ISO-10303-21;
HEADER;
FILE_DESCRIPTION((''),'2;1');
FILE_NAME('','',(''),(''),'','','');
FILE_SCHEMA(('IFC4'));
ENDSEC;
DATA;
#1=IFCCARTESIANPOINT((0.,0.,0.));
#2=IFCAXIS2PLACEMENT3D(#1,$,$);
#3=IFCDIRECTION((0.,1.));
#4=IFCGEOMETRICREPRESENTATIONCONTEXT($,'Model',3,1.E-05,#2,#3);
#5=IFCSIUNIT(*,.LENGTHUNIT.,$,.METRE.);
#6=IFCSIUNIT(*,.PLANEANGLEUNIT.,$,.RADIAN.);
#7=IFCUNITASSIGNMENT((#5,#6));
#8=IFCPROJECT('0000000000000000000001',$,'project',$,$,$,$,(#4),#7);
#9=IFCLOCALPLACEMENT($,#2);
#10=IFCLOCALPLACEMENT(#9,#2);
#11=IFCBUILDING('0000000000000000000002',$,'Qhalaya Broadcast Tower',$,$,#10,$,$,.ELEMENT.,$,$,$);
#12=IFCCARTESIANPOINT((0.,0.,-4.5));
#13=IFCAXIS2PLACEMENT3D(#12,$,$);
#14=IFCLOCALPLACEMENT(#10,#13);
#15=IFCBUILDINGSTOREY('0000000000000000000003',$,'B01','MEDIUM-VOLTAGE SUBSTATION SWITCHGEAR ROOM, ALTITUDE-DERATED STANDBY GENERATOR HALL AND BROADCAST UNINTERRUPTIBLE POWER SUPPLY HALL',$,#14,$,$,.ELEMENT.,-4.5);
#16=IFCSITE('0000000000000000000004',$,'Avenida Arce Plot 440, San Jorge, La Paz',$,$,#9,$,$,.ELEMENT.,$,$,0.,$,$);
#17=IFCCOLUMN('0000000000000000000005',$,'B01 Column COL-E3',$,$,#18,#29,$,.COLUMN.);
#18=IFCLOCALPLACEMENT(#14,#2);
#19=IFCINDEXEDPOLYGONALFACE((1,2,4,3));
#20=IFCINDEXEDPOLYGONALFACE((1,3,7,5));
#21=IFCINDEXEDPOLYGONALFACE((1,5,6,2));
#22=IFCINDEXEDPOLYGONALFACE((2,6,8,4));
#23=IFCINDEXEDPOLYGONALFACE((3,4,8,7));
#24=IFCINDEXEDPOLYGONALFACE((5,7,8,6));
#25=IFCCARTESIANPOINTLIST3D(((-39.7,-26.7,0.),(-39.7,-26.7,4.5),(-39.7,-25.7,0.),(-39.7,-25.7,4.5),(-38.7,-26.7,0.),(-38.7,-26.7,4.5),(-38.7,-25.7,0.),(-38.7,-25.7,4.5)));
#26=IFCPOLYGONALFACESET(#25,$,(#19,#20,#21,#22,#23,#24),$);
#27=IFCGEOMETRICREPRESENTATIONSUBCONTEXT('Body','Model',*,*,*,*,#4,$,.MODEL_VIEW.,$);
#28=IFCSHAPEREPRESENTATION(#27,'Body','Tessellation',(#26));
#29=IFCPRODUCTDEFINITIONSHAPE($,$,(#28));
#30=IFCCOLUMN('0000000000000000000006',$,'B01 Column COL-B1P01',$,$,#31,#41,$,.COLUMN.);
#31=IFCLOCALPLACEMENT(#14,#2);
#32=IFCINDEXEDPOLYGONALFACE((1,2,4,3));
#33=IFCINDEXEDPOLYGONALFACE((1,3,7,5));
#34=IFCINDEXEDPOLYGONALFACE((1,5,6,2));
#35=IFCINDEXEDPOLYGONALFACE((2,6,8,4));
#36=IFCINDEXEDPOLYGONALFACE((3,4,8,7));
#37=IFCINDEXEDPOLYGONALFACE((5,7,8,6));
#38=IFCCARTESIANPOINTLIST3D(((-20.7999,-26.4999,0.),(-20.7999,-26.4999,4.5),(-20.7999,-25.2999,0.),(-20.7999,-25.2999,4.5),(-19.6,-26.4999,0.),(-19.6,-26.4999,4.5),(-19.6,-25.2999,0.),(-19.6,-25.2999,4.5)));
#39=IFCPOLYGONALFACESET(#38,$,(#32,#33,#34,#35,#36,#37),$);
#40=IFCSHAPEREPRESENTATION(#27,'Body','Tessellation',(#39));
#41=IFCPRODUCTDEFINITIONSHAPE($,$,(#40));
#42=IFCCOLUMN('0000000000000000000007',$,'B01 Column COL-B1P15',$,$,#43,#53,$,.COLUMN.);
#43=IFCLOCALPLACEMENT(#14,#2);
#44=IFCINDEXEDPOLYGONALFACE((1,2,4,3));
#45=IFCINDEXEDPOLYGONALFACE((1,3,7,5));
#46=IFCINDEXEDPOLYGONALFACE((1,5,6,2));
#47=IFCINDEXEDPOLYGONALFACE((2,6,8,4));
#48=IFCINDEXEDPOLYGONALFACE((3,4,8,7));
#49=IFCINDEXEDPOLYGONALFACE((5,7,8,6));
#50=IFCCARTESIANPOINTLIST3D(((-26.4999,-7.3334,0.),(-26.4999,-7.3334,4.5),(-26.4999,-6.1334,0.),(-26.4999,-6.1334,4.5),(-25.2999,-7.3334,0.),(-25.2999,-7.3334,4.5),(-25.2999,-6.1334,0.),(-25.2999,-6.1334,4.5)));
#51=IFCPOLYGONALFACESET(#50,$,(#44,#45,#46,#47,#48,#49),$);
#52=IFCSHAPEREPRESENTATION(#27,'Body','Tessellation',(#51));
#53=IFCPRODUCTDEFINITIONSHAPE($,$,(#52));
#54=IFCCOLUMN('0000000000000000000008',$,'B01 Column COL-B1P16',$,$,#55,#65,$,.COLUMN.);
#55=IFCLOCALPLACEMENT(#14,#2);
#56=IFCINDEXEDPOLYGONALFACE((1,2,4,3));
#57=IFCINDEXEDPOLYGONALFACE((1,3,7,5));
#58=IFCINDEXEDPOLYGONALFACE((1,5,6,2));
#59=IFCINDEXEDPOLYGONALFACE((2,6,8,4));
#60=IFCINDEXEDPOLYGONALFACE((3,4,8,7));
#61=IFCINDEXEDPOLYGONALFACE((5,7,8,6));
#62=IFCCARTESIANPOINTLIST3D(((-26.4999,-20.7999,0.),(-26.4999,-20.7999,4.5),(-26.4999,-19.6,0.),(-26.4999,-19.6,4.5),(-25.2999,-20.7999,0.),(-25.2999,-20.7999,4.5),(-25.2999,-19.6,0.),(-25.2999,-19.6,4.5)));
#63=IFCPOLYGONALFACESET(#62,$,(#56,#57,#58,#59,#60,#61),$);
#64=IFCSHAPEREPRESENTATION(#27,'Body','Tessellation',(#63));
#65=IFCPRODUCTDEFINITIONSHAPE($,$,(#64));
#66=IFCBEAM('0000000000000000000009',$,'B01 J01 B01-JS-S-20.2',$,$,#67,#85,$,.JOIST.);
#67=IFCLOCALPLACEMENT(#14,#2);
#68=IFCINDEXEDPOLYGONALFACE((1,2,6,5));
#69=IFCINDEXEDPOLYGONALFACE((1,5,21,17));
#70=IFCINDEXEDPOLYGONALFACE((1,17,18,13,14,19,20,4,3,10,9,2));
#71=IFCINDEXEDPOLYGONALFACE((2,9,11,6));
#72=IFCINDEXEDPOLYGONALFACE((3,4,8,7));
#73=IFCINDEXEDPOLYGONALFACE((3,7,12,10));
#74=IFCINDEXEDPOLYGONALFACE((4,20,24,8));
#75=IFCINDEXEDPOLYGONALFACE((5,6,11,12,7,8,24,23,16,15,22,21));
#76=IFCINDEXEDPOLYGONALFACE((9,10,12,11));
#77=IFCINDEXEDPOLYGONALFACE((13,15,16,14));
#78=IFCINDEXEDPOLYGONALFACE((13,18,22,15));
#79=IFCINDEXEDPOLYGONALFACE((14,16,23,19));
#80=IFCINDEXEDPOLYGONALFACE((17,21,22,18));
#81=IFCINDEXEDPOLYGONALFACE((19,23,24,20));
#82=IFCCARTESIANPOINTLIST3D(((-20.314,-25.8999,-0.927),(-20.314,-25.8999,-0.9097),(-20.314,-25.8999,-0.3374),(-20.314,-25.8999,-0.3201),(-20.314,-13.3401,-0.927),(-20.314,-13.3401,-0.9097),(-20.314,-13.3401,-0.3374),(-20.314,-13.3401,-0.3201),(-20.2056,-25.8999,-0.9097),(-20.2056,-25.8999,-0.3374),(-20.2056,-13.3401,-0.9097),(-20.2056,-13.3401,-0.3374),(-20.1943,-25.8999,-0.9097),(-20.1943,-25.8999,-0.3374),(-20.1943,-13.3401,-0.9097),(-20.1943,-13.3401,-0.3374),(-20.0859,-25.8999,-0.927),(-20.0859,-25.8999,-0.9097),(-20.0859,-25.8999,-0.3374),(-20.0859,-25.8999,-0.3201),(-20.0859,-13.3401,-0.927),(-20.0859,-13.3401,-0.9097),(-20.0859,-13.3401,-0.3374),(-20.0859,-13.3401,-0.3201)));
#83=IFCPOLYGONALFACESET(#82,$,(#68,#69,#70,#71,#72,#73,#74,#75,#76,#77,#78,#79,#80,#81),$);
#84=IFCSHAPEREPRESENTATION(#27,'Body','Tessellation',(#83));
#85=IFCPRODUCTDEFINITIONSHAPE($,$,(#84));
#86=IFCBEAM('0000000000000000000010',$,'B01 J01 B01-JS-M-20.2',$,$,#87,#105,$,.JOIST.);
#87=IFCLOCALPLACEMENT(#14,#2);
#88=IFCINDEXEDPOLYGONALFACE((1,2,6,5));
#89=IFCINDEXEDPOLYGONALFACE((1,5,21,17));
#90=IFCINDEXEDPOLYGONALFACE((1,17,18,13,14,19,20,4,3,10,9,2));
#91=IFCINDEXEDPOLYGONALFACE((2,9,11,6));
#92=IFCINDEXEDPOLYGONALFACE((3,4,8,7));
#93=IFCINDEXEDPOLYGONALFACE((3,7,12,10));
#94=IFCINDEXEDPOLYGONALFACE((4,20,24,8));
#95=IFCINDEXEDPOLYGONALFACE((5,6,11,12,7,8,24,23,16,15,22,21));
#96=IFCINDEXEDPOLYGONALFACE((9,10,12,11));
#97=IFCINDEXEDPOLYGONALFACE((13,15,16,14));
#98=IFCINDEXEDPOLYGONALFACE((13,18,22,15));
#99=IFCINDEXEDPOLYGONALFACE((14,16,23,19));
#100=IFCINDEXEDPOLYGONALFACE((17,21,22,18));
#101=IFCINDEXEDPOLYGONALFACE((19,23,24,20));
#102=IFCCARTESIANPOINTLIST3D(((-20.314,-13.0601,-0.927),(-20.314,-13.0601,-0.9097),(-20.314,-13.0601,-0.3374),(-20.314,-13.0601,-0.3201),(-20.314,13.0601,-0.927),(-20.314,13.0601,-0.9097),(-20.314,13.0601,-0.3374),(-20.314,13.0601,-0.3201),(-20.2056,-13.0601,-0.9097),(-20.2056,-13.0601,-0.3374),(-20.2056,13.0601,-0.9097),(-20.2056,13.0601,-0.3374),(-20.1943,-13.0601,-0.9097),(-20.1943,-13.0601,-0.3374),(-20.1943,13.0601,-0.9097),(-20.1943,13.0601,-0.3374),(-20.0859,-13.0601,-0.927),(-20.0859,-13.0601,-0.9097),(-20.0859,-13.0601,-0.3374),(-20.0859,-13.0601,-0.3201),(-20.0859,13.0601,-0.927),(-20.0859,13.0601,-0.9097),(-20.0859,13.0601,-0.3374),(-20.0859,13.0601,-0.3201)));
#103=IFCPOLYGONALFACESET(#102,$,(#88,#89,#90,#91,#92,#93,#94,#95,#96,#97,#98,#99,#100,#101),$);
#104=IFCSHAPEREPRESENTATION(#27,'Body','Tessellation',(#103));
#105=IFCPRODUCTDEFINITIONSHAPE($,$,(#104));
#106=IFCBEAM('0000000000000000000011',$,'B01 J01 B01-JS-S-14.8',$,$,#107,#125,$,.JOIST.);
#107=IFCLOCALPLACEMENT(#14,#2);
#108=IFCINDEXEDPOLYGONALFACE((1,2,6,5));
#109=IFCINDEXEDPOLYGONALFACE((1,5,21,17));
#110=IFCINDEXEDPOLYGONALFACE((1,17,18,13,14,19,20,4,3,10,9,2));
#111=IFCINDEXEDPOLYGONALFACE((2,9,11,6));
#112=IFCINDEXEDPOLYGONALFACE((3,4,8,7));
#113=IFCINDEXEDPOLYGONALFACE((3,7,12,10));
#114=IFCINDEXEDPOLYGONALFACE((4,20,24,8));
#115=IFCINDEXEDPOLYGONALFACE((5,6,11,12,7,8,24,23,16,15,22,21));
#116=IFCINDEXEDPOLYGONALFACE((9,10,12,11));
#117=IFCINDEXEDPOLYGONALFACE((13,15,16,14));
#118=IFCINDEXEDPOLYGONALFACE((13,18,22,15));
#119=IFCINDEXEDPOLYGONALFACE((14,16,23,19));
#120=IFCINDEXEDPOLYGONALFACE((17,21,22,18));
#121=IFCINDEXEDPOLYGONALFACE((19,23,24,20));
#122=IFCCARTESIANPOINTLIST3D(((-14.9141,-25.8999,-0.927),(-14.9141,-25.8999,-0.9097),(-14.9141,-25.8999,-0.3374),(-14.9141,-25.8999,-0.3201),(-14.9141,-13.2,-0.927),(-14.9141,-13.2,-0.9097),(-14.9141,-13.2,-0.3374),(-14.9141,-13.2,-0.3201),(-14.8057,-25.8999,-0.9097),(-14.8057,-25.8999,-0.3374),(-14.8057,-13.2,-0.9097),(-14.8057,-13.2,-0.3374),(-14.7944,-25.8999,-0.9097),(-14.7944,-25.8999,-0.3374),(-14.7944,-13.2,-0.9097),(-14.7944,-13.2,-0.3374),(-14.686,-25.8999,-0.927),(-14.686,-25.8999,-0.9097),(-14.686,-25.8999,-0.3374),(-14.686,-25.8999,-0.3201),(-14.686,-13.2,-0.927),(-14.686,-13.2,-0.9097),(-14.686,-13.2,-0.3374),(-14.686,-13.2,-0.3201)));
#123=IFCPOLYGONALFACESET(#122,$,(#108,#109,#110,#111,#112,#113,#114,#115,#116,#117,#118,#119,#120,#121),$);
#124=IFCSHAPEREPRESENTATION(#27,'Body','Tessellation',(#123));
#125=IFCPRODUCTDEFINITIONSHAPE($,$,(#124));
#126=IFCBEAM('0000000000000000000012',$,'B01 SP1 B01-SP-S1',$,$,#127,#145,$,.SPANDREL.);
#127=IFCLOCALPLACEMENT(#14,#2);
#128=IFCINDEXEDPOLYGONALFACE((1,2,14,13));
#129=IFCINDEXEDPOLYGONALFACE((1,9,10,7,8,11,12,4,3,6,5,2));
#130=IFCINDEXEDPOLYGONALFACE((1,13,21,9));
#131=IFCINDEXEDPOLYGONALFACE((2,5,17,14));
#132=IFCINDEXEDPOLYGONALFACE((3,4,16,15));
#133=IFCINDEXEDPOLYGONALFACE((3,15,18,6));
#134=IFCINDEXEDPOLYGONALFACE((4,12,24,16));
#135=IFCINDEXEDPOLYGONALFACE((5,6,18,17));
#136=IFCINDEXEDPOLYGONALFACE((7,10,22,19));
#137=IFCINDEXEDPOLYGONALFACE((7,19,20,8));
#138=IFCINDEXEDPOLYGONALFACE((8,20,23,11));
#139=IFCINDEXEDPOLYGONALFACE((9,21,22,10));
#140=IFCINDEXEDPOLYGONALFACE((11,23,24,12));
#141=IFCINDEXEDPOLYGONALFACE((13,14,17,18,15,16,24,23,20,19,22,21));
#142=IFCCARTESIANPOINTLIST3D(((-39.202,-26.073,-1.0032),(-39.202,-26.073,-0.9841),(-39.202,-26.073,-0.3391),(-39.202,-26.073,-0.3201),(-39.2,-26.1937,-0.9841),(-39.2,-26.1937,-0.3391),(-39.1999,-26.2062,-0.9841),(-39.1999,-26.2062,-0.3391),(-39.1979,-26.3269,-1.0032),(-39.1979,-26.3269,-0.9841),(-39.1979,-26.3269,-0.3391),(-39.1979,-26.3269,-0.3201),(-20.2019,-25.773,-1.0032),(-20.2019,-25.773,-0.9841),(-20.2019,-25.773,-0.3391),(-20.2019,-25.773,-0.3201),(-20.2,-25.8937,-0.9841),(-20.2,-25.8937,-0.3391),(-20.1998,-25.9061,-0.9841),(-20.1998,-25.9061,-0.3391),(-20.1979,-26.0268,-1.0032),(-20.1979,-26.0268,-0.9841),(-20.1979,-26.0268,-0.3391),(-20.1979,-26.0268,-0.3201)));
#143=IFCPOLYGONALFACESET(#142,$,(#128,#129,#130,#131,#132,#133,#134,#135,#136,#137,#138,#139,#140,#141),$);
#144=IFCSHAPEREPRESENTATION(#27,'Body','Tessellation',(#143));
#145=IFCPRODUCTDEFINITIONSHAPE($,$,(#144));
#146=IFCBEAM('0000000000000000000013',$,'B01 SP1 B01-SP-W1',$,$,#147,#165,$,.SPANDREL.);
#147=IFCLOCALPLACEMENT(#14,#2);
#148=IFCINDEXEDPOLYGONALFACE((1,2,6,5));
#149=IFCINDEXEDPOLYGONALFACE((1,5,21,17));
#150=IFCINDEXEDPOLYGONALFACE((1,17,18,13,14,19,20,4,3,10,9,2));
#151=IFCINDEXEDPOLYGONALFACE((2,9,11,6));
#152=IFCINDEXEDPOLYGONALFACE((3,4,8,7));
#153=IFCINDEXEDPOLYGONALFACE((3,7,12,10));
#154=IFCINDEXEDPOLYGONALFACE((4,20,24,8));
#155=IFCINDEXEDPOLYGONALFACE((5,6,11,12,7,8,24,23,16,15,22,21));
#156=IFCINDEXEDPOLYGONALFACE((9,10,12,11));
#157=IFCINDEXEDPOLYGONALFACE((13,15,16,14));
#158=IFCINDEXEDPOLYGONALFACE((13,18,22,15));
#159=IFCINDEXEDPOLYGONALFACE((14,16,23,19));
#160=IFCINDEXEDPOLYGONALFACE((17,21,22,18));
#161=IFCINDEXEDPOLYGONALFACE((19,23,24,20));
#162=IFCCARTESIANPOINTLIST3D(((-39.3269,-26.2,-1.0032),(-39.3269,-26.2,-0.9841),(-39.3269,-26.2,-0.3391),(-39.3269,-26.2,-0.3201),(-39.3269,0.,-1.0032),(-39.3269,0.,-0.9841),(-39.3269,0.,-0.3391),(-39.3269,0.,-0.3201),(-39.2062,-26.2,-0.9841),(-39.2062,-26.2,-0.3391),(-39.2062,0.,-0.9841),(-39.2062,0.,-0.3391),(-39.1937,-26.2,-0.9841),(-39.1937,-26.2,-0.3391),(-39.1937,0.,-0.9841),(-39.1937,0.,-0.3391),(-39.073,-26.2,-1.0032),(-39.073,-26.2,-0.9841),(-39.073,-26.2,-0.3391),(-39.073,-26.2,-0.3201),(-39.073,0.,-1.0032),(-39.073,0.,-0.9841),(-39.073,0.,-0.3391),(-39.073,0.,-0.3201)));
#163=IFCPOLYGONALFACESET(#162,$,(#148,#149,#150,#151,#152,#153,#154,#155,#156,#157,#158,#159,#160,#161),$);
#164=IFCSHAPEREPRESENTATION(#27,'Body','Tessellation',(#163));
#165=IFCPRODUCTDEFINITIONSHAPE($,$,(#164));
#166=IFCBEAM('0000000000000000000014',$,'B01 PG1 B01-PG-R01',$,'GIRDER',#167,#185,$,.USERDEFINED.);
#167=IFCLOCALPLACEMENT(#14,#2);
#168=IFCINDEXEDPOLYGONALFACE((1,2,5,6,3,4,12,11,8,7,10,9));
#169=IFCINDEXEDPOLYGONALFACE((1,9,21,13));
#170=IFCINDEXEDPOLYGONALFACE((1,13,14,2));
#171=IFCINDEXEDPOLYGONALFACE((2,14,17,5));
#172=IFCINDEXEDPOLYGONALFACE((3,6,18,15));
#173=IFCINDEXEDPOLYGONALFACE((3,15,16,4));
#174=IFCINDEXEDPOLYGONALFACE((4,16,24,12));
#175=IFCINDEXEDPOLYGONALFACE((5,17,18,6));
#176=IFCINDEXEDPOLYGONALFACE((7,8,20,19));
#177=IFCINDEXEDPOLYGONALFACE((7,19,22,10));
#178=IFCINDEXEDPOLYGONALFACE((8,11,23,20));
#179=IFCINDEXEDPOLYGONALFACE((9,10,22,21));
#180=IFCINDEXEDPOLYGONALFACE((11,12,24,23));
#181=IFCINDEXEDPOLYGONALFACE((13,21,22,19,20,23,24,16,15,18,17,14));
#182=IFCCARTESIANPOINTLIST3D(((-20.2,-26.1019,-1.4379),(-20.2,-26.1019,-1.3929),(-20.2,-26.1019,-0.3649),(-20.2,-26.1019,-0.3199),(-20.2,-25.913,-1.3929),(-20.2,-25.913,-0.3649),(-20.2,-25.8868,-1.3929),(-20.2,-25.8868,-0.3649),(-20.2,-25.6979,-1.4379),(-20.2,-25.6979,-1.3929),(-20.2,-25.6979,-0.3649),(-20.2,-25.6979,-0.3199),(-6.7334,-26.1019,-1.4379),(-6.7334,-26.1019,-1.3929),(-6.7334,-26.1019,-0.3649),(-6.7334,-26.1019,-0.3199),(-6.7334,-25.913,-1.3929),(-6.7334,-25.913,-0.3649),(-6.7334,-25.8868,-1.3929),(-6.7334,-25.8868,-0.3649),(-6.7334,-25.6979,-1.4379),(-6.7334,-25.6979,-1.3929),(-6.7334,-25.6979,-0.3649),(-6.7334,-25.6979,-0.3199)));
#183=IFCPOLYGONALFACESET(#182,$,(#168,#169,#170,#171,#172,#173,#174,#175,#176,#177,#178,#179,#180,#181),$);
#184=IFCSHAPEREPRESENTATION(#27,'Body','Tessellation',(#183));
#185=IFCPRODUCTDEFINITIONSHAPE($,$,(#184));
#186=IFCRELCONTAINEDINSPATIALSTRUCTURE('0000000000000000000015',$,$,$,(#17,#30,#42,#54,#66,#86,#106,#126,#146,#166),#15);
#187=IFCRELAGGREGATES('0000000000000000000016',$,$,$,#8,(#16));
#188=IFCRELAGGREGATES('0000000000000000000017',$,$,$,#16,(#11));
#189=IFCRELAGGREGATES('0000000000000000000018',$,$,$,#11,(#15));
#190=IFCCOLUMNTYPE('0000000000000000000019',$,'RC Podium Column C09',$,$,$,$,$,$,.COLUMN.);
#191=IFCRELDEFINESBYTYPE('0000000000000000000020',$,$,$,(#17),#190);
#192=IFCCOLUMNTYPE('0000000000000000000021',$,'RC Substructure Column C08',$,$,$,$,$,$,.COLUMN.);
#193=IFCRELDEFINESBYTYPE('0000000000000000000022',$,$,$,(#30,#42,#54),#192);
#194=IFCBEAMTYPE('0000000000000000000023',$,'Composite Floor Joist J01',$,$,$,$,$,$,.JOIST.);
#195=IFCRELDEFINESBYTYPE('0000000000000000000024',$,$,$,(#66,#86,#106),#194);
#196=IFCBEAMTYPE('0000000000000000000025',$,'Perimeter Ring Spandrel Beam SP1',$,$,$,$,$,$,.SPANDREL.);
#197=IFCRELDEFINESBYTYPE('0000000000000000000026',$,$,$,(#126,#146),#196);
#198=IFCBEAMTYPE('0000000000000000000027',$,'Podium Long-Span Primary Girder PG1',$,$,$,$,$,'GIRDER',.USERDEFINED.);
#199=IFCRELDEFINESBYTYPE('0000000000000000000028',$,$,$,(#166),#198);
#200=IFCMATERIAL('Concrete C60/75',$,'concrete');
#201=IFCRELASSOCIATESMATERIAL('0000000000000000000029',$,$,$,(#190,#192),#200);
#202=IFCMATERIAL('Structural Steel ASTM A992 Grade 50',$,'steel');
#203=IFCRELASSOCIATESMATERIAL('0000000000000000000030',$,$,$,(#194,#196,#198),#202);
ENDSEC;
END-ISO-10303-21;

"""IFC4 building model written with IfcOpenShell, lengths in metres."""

from ifc_helpers import new_model, si_unit, direction, frame, origin, origin_2d, place, context, subcontext, project, spatial, rectangle, i_section, extrude, material, material_profile, profile_set, type_object, element, save


model = new_model("IFC4")

# Units and contexts
model_context = context("Model", 3, precision=1e-05, world=origin(), true_north=direction((0.0, 1.0)))
body_context = subcontext(model_context, "Body", "Model", "MODEL_VIEW")
ifc_project = project(units=[si_unit("LENGTHUNIT", "METRE"), si_unit("PLANEANGLEUNIT", "RADIAN")], contexts=[model_context])

# Site, building, storey
site_placement = place(None, origin())
site = spatial("IfcSite", under=ifc_project, at=site_placement, Name="Avenida Arce Plot 440, San Jorge, La Paz", CompositionType="ELEMENT", RefElevation=0.0)
building_placement = place(site_placement, origin())
building = spatial("IfcBuilding", under=site, at=building_placement, Name="Qhalaya Broadcast Tower", CompositionType="ELEMENT")
storey_placement = place(building_placement, frame((0.0, 0.0, -4.5)))
storey = spatial("IfcBuildingStorey", under=building, at=storey_placement, Name="B01", Description="MEDIUM-VOLTAGE SUBSTATION SWITCHGEAR ROOM, ALTITUDE-DERATED STANDBY GENERATOR HALL AND BROADCAST UNINTERRUPTIBLE POWER SUPPLY HALL", CompositionType="ELEMENT", Elevation=-4.5)

# Columns
ifc_material_1 = material(Name="Concrete C60/75", Category="concrete")
ifc_material_profile_1 = material_profile(ifc_material_1, rectangle(XDim=1.0, YDim=1.0, at=origin_2d()), Name="RC-COL 1000x1000")
ifc_profile_set_1 = profile_set([ifc_material_profile_1], Name="Concrete C60/75")
column_type_1 = type_object("IfcColumnType", Name="RC Podium Column C09", PredefinedType="COLUMN", material=ifc_profile_set_1)
column_placement = place(storey_placement, frame((-39.2, -26.2, 0.0), z_axis=(0.0, 0.0, 1.0), x_axis=(1.0, 0.0, 0.0)))
element("IfcColumn", 1, at=column_placement, inside=storey, type_object=column_type_1, Name="B01 Column COL-E3", PredefinedType="COLUMN", context=body_context, shape_type="SweptSolid", body=[
    extrude(rectangle(XDim=1.0, YDim=1.0, at=origin_2d()), origin(), (0.0, 0.0, 1.0), 4.5),
])
ifc_material_profile_2 = material_profile(ifc_material_1, rectangle(XDim=1.2, YDim=1.2, at=origin_2d()), Name="RC-COL 1200x1200")
ifc_profile_set_2 = profile_set([ifc_material_profile_2], Name="Concrete C60/75")
column_type_2 = type_object("IfcColumnType", Name="RC Substructure Column C08", PredefinedType="COLUMN", material=ifc_profile_set_2)
for number, where, z_axis, x_axis, name in (
    (2, (-20.2, -25.8999, 0.0), (0.0, 0.0, 1.0), (1.0, 0.0, 0.0), "B01 Column COL-B1P01"),
    (3, (-25.8999, -6.7334, 0.0), (0.0, 0.0, 1.0), (0.0, 1.0, 0.0), "B01 Column COL-B1P15"),
    (4, (-25.8999, -20.2, 0.0), (0.0, 0.0, 1.0), (0.0, 1.0, 0.0), "B01 Column COL-B1P16"),
):
    element("IfcColumn", number, at=place(storey_placement, frame(where, z_axis=z_axis, x_axis=x_axis)), inside=storey, type_object=column_type_2, Name=name, PredefinedType="COLUMN", context=body_context, shape_type="SweptSolid", body=[
        extrude(rectangle(XDim=1.2, YDim=1.2, at=origin_2d()), origin(), (0.0, 0.0, 1.0), 4.5),
    ])

# Beams
ifc_material_2 = material(Name="Structural Steel ASTM A992 Grade 50", Category="steel")
ifc_material_profile_3 = material_profile(ifc_material_2, i_section(OverallWidth=0.228, OverallDepth=0.6069, WebThickness=0.0112, FlangeThickness=0.0173, at=origin_2d()), Name="W24X76")
ifc_profile_set_3 = profile_set([ifc_material_profile_3], Name="Structural Steel ASTM A992 Grade 50")
beam_type_1 = type_object("IfcBeamType", Name="Composite Floor Joist J01", PredefinedType="JOIST", material=ifc_profile_set_3)
beam_1_placement = place(storey_placement, frame((-20.2, -25.8999, -0.6235), z_axis=(0.0, 1.0, 0.0), x_axis=(-1.0, 0.0, 0.0)))
element("IfcBeam", 5, at=beam_1_placement, inside=storey, type_object=beam_type_1, Name="B01 J01 B01-JS-S-20.2", PredefinedType="JOIST", context=body_context, shape_type="SweptSolid", body=[
    extrude(i_section(OverallWidth=0.228, OverallDepth=0.6069, WebThickness=0.0112, FlangeThickness=0.0173, at=origin_2d()), origin(), (0.0, 0.0, 1.0), 12.5598),
])
beam_2_placement = place(storey_placement, frame((-20.2, -13.0601, -0.6235), z_axis=(0.0, 1.0, 0.0), x_axis=(-1.0, 0.0, 0.0)))
element("IfcBeam", 6, at=beam_2_placement, inside=storey, type_object=beam_type_1, Name="B01 J01 B01-JS-M-20.2", PredefinedType="JOIST", context=body_context, shape_type="SweptSolid", body=[
    extrude(i_section(OverallWidth=0.228, OverallDepth=0.6069, WebThickness=0.0112, FlangeThickness=0.0173, at=origin_2d()), origin(), (0.0, 0.0, 1.0), 26.1201),
])
beam_3_placement = place(storey_placement, frame((-14.8, -25.8999, -0.6235), z_axis=(0.0, 1.0, 0.0), x_axis=(-1.0, 0.0, 0.0)))
element("IfcBeam", 7, at=beam_3_placement, inside=storey, type_object=beam_type_1, Name="B01 J01 B01-JS-S-14.8", PredefinedType="JOIST", context=body_context, shape_type="SweptSolid", body=[
    extrude(i_section(OverallWidth=0.228, OverallDepth=0.6069, WebThickness=0.0112, FlangeThickness=0.0173, at=origin_2d()), origin(), (0.0, 0.0, 1.0), 12.7),
])
ifc_material_profile_4 = material_profile(ifc_material_2, i_section(OverallWidth=0.2539, OverallDepth=0.6831, WebThickness=0.0125, FlangeThickness=0.019, at=origin_2d()), Name="W27X94")
ifc_profile_set_4 = profile_set([ifc_material_profile_4], Name="Structural Steel ASTM A992 Grade 50")
beam_type_2 = type_object("IfcBeamType", Name="Perimeter Ring Spandrel Beam SP1", PredefinedType="SPANDREL", material=ifc_profile_set_4)
beam_4_placement = place(storey_placement, frame((-39.2, -26.2, -0.6616), z_axis=(0.999875, 0.01579, 0.0), x_axis=(-0.01579, 0.999875, 0.0)))
element("IfcBeam", 8, at=beam_4_placement, inside=storey, type_object=beam_type_2, Name="B01 SP1 B01-SP-S1", PredefinedType="SPANDREL", context=body_context, shape_type="SweptSolid", body=[
    extrude(i_section(OverallWidth=0.2539, OverallDepth=0.6831, WebThickness=0.0125, FlangeThickness=0.019, at=origin_2d()), origin(), (0.0, 0.0, 1.0), 19.0024),
])
beam_5_placement = place(storey_placement, frame((-39.2, -26.2, -0.6616), z_axis=(0.0, 1.0, 0.0), x_axis=(-1.0, 0.0, 0.0)))
element("IfcBeam", 9, at=beam_5_placement, inside=storey, type_object=beam_type_2, Name="B01 SP1 B01-SP-W1", PredefinedType="SPANDREL", context=body_context, shape_type="SweptSolid", body=[
    extrude(i_section(OverallWidth=0.2539, OverallDepth=0.6831, WebThickness=0.0125, FlangeThickness=0.019, at=origin_2d()), origin(), (0.0, 0.0, 1.0), 26.2),
])
ifc_material_profile_5 = material_profile(ifc_material_2, i_section(OverallWidth=0.4041, OverallDepth=1.1179, WebThickness=0.0261, FlangeThickness=0.0449, at=origin_2d()), Name="W44X335")
ifc_profile_set_5 = profile_set([ifc_material_profile_5], Name="Structural Steel ASTM A992 Grade 50")
beam_type_3 = type_object("IfcBeamType", Name="Podium Long-Span Primary Girder PG1", ElementType="GIRDER", PredefinedType="USERDEFINED", material=ifc_profile_set_5)
for number, where, z_axis, x_axis, name in (
    (10, (-20.2, -25.8999, -0.8789), (1.0, 0.0, 0.0), (0.0, 1.0, 0.0), "B01 PG1 B01-PG-R01"),
):
    element("IfcBeam", number, at=place(storey_placement, frame(where, z_axis=z_axis, x_axis=x_axis)), inside=storey, type_object=beam_type_3, Name=name, ObjectType="GIRDER", PredefinedType="USERDEFINED", context=body_context, shape_type="SweptSolid", body=[
        extrude(i_section(OverallWidth=0.4041, OverallDepth=1.1179, WebThickness=0.0261, FlangeThickness=0.0449, at=origin_2d()), origin(), (0.0, 0.0, 1.0), 13.4666),
    ])

save(model, "model.ifc")
